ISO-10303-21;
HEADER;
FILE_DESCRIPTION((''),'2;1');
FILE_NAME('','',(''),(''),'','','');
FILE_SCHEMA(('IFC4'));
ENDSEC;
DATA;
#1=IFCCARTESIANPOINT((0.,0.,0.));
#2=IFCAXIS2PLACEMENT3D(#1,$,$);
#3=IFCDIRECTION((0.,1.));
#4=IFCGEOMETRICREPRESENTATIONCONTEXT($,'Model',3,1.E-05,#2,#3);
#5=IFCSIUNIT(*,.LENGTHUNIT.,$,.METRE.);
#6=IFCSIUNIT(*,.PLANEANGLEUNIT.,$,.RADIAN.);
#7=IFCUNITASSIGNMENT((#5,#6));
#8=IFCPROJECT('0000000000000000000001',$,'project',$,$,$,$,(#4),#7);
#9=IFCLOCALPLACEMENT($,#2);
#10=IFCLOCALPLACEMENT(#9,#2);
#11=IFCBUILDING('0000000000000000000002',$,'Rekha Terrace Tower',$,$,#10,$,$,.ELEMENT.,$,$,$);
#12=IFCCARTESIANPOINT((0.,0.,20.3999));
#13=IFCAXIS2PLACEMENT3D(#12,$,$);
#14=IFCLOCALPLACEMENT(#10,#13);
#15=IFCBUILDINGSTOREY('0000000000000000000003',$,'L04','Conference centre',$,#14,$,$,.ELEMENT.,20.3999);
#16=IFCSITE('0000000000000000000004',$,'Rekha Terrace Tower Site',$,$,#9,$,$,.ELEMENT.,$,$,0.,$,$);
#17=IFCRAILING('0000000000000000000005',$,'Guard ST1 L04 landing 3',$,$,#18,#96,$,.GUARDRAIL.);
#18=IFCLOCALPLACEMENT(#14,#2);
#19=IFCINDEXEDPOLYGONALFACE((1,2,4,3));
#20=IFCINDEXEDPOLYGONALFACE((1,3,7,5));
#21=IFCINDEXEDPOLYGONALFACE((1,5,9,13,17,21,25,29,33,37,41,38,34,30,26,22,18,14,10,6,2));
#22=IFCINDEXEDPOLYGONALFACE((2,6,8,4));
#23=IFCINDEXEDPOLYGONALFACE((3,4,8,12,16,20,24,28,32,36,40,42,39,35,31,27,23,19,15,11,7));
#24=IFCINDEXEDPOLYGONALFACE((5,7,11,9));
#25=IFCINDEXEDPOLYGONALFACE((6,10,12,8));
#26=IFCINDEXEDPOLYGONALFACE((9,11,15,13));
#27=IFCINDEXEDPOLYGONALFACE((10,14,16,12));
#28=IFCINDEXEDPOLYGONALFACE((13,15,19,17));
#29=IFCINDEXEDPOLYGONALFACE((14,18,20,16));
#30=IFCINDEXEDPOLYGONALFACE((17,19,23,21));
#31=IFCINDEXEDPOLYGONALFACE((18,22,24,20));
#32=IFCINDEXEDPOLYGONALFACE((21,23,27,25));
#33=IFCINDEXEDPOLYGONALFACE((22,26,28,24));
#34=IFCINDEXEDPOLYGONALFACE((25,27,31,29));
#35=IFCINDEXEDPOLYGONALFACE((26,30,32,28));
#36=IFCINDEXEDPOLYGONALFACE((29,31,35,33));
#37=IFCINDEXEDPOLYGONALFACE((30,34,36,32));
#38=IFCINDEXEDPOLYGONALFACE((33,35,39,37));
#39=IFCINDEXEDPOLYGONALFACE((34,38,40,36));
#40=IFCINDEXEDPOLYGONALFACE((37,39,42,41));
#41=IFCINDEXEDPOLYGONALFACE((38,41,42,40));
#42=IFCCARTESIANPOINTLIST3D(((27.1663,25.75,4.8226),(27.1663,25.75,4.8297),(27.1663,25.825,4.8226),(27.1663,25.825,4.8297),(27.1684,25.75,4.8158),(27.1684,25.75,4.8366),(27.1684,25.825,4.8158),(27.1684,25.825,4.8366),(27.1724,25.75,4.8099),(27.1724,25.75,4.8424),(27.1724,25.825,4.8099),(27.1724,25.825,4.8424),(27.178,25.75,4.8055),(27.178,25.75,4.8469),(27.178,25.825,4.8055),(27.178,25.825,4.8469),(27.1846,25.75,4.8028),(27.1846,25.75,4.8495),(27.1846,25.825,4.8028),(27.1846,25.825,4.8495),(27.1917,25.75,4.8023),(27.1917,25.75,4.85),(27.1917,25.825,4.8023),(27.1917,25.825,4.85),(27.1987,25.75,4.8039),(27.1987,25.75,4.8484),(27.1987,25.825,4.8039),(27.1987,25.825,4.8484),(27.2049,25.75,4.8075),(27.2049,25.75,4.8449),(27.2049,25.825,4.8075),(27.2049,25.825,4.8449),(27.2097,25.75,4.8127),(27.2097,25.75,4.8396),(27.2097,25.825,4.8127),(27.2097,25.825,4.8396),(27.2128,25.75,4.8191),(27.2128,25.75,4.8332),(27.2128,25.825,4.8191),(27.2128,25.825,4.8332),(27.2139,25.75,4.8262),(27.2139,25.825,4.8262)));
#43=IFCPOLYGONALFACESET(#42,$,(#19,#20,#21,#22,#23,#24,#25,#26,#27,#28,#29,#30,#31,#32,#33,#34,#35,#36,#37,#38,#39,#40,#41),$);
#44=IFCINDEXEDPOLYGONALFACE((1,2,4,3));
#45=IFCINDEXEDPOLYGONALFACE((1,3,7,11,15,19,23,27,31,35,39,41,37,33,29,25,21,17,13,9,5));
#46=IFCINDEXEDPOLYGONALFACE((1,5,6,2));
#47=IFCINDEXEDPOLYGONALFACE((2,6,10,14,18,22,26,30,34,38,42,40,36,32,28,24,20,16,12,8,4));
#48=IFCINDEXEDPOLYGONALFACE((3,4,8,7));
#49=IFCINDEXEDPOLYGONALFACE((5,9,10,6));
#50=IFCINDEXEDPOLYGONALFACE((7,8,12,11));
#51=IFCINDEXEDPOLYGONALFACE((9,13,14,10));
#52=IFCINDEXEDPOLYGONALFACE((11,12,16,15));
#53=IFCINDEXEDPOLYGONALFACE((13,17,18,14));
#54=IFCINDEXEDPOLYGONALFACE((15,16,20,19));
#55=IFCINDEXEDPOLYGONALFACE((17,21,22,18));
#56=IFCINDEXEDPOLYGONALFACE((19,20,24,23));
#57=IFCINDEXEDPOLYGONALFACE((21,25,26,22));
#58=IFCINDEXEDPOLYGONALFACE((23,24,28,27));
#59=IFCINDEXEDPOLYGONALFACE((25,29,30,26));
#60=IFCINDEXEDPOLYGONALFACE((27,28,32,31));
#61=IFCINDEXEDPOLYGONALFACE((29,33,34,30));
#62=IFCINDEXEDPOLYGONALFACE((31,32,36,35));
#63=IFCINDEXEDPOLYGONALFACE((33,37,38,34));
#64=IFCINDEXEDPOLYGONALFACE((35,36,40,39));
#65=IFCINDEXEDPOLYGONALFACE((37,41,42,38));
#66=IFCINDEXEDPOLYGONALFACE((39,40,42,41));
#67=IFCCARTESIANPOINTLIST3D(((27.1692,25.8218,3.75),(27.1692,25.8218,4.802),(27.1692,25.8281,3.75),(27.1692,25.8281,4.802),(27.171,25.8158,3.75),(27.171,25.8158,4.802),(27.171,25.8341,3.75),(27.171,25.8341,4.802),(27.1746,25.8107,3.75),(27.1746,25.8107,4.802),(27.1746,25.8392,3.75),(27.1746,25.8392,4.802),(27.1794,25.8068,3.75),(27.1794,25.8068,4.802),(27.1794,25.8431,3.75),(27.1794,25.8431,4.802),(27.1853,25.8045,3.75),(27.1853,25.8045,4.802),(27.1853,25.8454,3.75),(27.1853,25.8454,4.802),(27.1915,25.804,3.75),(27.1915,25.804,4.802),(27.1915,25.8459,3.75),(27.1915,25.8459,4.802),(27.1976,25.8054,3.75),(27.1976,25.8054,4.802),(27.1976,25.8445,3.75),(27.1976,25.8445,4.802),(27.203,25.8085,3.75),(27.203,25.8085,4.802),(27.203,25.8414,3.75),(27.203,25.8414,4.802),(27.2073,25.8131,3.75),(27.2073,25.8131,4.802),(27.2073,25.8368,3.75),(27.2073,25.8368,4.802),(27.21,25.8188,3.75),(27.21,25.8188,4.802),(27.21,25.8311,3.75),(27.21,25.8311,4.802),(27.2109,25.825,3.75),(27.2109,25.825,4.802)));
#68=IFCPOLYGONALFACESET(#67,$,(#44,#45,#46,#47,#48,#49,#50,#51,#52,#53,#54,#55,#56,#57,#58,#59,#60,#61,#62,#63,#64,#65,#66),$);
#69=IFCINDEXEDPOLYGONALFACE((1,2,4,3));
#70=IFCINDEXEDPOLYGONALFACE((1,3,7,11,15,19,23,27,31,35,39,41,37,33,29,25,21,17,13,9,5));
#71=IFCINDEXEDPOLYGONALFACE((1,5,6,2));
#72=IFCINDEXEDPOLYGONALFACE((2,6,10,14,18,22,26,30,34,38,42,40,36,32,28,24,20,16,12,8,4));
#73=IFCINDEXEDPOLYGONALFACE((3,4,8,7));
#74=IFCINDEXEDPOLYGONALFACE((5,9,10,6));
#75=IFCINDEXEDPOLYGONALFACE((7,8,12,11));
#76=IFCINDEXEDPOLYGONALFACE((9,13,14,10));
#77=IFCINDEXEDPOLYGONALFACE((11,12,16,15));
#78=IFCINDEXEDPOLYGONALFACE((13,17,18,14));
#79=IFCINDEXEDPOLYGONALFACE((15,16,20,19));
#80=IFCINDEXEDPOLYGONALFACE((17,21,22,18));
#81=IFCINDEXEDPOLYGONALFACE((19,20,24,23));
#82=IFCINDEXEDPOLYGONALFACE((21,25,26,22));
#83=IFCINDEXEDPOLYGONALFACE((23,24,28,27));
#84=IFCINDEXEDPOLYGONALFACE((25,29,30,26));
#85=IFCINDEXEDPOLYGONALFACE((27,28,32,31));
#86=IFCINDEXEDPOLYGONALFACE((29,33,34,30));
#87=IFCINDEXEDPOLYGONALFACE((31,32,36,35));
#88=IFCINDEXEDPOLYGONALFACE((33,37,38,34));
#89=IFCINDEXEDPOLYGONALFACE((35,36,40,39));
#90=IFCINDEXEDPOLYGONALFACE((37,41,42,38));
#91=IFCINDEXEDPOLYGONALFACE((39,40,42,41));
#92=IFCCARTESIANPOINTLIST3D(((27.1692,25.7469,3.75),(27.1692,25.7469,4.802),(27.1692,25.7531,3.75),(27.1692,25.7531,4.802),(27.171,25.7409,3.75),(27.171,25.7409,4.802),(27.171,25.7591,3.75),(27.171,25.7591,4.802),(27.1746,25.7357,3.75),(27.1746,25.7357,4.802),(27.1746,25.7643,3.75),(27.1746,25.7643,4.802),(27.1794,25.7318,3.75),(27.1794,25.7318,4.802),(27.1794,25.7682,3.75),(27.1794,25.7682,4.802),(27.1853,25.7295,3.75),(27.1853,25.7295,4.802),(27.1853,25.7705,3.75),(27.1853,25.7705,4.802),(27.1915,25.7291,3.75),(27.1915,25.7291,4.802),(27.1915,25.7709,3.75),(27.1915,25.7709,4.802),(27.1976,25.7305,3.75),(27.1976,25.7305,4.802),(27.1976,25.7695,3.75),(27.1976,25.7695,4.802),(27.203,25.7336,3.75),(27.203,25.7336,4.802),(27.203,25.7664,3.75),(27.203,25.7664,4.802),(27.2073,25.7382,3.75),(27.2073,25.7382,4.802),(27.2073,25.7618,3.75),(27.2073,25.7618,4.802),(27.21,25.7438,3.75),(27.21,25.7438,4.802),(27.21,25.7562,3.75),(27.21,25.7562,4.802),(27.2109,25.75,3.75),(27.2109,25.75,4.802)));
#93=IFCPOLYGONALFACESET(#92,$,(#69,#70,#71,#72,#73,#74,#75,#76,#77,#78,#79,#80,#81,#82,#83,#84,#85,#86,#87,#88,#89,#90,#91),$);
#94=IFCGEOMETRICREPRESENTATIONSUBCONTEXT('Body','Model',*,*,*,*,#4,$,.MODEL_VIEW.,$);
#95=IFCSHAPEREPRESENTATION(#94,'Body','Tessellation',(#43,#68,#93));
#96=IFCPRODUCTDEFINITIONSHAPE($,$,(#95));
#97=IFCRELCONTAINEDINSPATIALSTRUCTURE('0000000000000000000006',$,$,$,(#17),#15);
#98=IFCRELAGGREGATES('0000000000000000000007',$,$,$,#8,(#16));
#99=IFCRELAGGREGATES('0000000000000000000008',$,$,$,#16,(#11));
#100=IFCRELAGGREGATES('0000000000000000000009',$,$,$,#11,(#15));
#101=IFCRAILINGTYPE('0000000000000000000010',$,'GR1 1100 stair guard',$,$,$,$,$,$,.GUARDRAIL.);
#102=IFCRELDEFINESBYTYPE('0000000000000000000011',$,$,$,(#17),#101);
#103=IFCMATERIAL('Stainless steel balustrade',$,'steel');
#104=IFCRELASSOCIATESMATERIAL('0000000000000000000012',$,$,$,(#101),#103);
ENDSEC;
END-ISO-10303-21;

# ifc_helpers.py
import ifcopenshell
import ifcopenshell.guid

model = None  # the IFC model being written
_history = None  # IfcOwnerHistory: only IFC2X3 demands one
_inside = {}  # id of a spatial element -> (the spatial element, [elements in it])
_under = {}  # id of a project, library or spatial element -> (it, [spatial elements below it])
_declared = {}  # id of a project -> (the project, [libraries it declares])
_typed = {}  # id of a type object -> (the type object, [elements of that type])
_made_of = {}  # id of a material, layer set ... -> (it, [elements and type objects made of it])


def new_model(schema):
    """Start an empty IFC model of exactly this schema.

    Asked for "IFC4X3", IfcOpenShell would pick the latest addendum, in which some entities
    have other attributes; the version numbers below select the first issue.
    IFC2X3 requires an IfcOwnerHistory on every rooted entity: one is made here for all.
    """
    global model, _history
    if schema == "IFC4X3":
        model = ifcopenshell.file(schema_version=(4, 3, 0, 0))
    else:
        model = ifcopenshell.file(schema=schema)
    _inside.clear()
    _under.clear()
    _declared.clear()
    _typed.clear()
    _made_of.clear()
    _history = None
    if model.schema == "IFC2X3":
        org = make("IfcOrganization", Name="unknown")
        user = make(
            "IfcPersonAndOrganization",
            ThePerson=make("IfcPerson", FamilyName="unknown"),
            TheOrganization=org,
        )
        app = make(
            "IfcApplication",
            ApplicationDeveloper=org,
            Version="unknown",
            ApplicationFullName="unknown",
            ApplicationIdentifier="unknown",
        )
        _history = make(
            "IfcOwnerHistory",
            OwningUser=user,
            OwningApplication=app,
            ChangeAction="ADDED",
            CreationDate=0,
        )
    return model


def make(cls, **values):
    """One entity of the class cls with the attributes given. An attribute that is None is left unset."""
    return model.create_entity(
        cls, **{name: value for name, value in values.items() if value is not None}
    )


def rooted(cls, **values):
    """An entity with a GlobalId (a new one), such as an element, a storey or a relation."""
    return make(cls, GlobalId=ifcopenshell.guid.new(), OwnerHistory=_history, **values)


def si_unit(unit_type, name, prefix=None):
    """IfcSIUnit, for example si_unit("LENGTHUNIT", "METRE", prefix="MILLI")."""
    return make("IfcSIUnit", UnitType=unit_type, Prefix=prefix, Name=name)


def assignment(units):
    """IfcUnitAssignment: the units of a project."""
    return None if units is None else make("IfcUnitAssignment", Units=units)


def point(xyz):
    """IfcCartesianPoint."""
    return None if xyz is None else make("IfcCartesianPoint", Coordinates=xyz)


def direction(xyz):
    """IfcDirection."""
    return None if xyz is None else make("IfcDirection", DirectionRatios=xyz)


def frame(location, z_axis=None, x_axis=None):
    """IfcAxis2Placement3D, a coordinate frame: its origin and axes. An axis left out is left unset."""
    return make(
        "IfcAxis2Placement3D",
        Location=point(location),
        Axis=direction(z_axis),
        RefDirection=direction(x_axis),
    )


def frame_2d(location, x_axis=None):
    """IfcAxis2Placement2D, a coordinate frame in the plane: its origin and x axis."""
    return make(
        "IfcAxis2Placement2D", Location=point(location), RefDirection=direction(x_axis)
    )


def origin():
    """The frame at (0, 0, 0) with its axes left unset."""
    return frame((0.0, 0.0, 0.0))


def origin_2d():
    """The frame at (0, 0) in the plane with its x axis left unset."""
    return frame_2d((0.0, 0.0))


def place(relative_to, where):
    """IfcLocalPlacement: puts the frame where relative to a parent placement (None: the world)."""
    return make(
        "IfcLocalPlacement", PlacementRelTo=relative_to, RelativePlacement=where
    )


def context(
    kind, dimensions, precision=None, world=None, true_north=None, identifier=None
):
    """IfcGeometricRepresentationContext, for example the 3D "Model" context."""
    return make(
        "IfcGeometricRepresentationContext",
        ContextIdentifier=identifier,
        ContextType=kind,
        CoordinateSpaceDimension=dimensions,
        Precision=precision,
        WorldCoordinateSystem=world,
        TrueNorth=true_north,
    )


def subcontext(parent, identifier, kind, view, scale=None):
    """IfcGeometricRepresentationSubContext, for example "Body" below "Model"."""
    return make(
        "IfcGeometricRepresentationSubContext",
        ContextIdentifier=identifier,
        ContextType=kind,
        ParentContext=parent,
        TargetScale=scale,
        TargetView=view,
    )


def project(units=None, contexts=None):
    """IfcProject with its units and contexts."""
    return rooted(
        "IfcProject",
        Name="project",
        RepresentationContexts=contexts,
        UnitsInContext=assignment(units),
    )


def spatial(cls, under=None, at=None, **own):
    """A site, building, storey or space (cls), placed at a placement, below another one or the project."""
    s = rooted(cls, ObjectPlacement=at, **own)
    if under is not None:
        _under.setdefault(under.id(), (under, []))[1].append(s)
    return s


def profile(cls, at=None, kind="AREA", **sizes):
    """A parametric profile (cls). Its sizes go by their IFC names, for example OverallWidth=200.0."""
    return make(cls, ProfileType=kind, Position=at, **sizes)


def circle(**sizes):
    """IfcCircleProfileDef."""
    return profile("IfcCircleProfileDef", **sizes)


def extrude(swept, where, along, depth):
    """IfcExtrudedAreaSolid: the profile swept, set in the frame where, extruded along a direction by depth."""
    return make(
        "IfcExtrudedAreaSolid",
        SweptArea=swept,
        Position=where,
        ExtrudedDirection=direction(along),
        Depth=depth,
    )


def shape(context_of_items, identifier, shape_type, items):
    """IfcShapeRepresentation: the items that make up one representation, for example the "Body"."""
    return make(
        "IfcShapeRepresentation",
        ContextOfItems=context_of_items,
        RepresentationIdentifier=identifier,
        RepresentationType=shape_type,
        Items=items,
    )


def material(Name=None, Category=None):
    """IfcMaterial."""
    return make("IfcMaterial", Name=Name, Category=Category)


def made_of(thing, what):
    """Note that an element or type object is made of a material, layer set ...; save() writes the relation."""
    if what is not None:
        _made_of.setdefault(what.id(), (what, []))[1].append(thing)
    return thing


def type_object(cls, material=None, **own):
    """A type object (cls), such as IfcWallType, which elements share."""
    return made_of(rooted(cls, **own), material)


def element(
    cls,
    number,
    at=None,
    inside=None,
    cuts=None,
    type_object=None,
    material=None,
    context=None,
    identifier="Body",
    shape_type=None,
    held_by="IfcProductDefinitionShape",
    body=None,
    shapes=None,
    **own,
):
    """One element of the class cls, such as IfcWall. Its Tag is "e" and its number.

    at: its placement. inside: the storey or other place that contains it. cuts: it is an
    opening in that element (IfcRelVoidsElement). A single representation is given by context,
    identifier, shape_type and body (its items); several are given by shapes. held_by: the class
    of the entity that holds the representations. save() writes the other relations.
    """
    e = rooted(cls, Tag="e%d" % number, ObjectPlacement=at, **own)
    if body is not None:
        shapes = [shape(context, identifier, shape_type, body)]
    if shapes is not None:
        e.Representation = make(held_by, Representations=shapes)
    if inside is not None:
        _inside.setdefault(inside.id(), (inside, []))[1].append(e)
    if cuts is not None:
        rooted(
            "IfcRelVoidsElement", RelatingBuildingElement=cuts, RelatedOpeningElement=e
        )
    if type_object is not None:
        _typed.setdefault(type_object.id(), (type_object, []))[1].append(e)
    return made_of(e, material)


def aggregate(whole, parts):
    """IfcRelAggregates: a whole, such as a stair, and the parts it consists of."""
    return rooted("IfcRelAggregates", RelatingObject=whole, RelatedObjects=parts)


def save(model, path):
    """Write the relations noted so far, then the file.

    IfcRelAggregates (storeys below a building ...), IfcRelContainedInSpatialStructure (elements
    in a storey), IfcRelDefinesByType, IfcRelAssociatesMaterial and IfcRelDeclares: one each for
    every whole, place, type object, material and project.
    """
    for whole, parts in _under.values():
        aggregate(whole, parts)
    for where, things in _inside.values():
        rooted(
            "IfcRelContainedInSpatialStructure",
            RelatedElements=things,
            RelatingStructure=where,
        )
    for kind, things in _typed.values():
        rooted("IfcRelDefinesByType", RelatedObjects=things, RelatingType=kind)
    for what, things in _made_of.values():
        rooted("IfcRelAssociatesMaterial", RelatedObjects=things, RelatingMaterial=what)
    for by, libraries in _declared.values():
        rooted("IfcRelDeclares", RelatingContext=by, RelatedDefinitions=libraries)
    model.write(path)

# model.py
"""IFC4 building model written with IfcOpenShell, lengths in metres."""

from ifc_helpers import new_model, si_unit, direction, frame, origin, origin_2d, place, context, subcontext, project, spatial, circle, extrude, material, type_object, element, save


model = new_model("IFC4")

# Units and contexts
model_context = context("Model", 3, precision=1e-05, world=origin(), true_north=direction((0.0, 1.0)))
body_context = subcontext(model_context, "Body", "Model", "MODEL_VIEW")
ifc_project = project(units=[si_unit("LENGTHUNIT", "METRE"), si_unit("PLANEANGLEUNIT", "RADIAN")], contexts=[model_context])

# Site, building, storey
site_placement = place(None, origin())
site = spatial("IfcSite", under=ifc_project, at=site_placement, Name="Rekha Terrace Tower Site", CompositionType="ELEMENT", RefElevation=0.0)
building_placement = place(site_placement, origin())
building = spatial("IfcBuilding", under=site, at=building_placement, Name="Rekha Terrace Tower", CompositionType="ELEMENT")
storey_placement = place(building_placement, frame((0.0, 0.0, 20.3999)))
storey = spatial("IfcBuildingStorey", under=building, at=storey_placement, Name="L04", Description="Conference centre", CompositionType="ELEMENT", Elevation=20.3999)

# Railing
ifc_material_1 = material(Name="Stainless steel balustrade", Category="steel")
railing_type_1 = type_object("IfcRailingType", Name="GR1 1100 stair guard", PredefinedType="GUARDRAIL", material=ifc_material_1)
railing_1_placement = place(storey_placement, frame((27.1899, 25.825, 3.75)))
element("IfcRailing", 1, at=railing_1_placement, inside=storey, type_object=railing_type_1, Name="Guard ST1 L04 landing 3", PredefinedType="GUARDRAIL", context=body_context, shape_type="SweptSolid", body=[
    extrude(circle(Radius=0.0239, at=origin_2d()), frame((0.0, 0.0, 1.0762), z_axis=(0.0, -1.0, 0.0), x_axis=(1.0, 0.0, 0.0)), (0.0, 0.0, 1.0), 0.075),
    extrude(circle(Radius=0.021, at=origin_2d()), origin(), (0.0, 0.0, 1.0), 1.052),
    extrude(circle(Radius=0.021, at=origin_2d()), frame((0.0, -0.075, 0.0)), (0.0, 0.0, 1.0), 1.052),
])

save(model, "model.ifc")
